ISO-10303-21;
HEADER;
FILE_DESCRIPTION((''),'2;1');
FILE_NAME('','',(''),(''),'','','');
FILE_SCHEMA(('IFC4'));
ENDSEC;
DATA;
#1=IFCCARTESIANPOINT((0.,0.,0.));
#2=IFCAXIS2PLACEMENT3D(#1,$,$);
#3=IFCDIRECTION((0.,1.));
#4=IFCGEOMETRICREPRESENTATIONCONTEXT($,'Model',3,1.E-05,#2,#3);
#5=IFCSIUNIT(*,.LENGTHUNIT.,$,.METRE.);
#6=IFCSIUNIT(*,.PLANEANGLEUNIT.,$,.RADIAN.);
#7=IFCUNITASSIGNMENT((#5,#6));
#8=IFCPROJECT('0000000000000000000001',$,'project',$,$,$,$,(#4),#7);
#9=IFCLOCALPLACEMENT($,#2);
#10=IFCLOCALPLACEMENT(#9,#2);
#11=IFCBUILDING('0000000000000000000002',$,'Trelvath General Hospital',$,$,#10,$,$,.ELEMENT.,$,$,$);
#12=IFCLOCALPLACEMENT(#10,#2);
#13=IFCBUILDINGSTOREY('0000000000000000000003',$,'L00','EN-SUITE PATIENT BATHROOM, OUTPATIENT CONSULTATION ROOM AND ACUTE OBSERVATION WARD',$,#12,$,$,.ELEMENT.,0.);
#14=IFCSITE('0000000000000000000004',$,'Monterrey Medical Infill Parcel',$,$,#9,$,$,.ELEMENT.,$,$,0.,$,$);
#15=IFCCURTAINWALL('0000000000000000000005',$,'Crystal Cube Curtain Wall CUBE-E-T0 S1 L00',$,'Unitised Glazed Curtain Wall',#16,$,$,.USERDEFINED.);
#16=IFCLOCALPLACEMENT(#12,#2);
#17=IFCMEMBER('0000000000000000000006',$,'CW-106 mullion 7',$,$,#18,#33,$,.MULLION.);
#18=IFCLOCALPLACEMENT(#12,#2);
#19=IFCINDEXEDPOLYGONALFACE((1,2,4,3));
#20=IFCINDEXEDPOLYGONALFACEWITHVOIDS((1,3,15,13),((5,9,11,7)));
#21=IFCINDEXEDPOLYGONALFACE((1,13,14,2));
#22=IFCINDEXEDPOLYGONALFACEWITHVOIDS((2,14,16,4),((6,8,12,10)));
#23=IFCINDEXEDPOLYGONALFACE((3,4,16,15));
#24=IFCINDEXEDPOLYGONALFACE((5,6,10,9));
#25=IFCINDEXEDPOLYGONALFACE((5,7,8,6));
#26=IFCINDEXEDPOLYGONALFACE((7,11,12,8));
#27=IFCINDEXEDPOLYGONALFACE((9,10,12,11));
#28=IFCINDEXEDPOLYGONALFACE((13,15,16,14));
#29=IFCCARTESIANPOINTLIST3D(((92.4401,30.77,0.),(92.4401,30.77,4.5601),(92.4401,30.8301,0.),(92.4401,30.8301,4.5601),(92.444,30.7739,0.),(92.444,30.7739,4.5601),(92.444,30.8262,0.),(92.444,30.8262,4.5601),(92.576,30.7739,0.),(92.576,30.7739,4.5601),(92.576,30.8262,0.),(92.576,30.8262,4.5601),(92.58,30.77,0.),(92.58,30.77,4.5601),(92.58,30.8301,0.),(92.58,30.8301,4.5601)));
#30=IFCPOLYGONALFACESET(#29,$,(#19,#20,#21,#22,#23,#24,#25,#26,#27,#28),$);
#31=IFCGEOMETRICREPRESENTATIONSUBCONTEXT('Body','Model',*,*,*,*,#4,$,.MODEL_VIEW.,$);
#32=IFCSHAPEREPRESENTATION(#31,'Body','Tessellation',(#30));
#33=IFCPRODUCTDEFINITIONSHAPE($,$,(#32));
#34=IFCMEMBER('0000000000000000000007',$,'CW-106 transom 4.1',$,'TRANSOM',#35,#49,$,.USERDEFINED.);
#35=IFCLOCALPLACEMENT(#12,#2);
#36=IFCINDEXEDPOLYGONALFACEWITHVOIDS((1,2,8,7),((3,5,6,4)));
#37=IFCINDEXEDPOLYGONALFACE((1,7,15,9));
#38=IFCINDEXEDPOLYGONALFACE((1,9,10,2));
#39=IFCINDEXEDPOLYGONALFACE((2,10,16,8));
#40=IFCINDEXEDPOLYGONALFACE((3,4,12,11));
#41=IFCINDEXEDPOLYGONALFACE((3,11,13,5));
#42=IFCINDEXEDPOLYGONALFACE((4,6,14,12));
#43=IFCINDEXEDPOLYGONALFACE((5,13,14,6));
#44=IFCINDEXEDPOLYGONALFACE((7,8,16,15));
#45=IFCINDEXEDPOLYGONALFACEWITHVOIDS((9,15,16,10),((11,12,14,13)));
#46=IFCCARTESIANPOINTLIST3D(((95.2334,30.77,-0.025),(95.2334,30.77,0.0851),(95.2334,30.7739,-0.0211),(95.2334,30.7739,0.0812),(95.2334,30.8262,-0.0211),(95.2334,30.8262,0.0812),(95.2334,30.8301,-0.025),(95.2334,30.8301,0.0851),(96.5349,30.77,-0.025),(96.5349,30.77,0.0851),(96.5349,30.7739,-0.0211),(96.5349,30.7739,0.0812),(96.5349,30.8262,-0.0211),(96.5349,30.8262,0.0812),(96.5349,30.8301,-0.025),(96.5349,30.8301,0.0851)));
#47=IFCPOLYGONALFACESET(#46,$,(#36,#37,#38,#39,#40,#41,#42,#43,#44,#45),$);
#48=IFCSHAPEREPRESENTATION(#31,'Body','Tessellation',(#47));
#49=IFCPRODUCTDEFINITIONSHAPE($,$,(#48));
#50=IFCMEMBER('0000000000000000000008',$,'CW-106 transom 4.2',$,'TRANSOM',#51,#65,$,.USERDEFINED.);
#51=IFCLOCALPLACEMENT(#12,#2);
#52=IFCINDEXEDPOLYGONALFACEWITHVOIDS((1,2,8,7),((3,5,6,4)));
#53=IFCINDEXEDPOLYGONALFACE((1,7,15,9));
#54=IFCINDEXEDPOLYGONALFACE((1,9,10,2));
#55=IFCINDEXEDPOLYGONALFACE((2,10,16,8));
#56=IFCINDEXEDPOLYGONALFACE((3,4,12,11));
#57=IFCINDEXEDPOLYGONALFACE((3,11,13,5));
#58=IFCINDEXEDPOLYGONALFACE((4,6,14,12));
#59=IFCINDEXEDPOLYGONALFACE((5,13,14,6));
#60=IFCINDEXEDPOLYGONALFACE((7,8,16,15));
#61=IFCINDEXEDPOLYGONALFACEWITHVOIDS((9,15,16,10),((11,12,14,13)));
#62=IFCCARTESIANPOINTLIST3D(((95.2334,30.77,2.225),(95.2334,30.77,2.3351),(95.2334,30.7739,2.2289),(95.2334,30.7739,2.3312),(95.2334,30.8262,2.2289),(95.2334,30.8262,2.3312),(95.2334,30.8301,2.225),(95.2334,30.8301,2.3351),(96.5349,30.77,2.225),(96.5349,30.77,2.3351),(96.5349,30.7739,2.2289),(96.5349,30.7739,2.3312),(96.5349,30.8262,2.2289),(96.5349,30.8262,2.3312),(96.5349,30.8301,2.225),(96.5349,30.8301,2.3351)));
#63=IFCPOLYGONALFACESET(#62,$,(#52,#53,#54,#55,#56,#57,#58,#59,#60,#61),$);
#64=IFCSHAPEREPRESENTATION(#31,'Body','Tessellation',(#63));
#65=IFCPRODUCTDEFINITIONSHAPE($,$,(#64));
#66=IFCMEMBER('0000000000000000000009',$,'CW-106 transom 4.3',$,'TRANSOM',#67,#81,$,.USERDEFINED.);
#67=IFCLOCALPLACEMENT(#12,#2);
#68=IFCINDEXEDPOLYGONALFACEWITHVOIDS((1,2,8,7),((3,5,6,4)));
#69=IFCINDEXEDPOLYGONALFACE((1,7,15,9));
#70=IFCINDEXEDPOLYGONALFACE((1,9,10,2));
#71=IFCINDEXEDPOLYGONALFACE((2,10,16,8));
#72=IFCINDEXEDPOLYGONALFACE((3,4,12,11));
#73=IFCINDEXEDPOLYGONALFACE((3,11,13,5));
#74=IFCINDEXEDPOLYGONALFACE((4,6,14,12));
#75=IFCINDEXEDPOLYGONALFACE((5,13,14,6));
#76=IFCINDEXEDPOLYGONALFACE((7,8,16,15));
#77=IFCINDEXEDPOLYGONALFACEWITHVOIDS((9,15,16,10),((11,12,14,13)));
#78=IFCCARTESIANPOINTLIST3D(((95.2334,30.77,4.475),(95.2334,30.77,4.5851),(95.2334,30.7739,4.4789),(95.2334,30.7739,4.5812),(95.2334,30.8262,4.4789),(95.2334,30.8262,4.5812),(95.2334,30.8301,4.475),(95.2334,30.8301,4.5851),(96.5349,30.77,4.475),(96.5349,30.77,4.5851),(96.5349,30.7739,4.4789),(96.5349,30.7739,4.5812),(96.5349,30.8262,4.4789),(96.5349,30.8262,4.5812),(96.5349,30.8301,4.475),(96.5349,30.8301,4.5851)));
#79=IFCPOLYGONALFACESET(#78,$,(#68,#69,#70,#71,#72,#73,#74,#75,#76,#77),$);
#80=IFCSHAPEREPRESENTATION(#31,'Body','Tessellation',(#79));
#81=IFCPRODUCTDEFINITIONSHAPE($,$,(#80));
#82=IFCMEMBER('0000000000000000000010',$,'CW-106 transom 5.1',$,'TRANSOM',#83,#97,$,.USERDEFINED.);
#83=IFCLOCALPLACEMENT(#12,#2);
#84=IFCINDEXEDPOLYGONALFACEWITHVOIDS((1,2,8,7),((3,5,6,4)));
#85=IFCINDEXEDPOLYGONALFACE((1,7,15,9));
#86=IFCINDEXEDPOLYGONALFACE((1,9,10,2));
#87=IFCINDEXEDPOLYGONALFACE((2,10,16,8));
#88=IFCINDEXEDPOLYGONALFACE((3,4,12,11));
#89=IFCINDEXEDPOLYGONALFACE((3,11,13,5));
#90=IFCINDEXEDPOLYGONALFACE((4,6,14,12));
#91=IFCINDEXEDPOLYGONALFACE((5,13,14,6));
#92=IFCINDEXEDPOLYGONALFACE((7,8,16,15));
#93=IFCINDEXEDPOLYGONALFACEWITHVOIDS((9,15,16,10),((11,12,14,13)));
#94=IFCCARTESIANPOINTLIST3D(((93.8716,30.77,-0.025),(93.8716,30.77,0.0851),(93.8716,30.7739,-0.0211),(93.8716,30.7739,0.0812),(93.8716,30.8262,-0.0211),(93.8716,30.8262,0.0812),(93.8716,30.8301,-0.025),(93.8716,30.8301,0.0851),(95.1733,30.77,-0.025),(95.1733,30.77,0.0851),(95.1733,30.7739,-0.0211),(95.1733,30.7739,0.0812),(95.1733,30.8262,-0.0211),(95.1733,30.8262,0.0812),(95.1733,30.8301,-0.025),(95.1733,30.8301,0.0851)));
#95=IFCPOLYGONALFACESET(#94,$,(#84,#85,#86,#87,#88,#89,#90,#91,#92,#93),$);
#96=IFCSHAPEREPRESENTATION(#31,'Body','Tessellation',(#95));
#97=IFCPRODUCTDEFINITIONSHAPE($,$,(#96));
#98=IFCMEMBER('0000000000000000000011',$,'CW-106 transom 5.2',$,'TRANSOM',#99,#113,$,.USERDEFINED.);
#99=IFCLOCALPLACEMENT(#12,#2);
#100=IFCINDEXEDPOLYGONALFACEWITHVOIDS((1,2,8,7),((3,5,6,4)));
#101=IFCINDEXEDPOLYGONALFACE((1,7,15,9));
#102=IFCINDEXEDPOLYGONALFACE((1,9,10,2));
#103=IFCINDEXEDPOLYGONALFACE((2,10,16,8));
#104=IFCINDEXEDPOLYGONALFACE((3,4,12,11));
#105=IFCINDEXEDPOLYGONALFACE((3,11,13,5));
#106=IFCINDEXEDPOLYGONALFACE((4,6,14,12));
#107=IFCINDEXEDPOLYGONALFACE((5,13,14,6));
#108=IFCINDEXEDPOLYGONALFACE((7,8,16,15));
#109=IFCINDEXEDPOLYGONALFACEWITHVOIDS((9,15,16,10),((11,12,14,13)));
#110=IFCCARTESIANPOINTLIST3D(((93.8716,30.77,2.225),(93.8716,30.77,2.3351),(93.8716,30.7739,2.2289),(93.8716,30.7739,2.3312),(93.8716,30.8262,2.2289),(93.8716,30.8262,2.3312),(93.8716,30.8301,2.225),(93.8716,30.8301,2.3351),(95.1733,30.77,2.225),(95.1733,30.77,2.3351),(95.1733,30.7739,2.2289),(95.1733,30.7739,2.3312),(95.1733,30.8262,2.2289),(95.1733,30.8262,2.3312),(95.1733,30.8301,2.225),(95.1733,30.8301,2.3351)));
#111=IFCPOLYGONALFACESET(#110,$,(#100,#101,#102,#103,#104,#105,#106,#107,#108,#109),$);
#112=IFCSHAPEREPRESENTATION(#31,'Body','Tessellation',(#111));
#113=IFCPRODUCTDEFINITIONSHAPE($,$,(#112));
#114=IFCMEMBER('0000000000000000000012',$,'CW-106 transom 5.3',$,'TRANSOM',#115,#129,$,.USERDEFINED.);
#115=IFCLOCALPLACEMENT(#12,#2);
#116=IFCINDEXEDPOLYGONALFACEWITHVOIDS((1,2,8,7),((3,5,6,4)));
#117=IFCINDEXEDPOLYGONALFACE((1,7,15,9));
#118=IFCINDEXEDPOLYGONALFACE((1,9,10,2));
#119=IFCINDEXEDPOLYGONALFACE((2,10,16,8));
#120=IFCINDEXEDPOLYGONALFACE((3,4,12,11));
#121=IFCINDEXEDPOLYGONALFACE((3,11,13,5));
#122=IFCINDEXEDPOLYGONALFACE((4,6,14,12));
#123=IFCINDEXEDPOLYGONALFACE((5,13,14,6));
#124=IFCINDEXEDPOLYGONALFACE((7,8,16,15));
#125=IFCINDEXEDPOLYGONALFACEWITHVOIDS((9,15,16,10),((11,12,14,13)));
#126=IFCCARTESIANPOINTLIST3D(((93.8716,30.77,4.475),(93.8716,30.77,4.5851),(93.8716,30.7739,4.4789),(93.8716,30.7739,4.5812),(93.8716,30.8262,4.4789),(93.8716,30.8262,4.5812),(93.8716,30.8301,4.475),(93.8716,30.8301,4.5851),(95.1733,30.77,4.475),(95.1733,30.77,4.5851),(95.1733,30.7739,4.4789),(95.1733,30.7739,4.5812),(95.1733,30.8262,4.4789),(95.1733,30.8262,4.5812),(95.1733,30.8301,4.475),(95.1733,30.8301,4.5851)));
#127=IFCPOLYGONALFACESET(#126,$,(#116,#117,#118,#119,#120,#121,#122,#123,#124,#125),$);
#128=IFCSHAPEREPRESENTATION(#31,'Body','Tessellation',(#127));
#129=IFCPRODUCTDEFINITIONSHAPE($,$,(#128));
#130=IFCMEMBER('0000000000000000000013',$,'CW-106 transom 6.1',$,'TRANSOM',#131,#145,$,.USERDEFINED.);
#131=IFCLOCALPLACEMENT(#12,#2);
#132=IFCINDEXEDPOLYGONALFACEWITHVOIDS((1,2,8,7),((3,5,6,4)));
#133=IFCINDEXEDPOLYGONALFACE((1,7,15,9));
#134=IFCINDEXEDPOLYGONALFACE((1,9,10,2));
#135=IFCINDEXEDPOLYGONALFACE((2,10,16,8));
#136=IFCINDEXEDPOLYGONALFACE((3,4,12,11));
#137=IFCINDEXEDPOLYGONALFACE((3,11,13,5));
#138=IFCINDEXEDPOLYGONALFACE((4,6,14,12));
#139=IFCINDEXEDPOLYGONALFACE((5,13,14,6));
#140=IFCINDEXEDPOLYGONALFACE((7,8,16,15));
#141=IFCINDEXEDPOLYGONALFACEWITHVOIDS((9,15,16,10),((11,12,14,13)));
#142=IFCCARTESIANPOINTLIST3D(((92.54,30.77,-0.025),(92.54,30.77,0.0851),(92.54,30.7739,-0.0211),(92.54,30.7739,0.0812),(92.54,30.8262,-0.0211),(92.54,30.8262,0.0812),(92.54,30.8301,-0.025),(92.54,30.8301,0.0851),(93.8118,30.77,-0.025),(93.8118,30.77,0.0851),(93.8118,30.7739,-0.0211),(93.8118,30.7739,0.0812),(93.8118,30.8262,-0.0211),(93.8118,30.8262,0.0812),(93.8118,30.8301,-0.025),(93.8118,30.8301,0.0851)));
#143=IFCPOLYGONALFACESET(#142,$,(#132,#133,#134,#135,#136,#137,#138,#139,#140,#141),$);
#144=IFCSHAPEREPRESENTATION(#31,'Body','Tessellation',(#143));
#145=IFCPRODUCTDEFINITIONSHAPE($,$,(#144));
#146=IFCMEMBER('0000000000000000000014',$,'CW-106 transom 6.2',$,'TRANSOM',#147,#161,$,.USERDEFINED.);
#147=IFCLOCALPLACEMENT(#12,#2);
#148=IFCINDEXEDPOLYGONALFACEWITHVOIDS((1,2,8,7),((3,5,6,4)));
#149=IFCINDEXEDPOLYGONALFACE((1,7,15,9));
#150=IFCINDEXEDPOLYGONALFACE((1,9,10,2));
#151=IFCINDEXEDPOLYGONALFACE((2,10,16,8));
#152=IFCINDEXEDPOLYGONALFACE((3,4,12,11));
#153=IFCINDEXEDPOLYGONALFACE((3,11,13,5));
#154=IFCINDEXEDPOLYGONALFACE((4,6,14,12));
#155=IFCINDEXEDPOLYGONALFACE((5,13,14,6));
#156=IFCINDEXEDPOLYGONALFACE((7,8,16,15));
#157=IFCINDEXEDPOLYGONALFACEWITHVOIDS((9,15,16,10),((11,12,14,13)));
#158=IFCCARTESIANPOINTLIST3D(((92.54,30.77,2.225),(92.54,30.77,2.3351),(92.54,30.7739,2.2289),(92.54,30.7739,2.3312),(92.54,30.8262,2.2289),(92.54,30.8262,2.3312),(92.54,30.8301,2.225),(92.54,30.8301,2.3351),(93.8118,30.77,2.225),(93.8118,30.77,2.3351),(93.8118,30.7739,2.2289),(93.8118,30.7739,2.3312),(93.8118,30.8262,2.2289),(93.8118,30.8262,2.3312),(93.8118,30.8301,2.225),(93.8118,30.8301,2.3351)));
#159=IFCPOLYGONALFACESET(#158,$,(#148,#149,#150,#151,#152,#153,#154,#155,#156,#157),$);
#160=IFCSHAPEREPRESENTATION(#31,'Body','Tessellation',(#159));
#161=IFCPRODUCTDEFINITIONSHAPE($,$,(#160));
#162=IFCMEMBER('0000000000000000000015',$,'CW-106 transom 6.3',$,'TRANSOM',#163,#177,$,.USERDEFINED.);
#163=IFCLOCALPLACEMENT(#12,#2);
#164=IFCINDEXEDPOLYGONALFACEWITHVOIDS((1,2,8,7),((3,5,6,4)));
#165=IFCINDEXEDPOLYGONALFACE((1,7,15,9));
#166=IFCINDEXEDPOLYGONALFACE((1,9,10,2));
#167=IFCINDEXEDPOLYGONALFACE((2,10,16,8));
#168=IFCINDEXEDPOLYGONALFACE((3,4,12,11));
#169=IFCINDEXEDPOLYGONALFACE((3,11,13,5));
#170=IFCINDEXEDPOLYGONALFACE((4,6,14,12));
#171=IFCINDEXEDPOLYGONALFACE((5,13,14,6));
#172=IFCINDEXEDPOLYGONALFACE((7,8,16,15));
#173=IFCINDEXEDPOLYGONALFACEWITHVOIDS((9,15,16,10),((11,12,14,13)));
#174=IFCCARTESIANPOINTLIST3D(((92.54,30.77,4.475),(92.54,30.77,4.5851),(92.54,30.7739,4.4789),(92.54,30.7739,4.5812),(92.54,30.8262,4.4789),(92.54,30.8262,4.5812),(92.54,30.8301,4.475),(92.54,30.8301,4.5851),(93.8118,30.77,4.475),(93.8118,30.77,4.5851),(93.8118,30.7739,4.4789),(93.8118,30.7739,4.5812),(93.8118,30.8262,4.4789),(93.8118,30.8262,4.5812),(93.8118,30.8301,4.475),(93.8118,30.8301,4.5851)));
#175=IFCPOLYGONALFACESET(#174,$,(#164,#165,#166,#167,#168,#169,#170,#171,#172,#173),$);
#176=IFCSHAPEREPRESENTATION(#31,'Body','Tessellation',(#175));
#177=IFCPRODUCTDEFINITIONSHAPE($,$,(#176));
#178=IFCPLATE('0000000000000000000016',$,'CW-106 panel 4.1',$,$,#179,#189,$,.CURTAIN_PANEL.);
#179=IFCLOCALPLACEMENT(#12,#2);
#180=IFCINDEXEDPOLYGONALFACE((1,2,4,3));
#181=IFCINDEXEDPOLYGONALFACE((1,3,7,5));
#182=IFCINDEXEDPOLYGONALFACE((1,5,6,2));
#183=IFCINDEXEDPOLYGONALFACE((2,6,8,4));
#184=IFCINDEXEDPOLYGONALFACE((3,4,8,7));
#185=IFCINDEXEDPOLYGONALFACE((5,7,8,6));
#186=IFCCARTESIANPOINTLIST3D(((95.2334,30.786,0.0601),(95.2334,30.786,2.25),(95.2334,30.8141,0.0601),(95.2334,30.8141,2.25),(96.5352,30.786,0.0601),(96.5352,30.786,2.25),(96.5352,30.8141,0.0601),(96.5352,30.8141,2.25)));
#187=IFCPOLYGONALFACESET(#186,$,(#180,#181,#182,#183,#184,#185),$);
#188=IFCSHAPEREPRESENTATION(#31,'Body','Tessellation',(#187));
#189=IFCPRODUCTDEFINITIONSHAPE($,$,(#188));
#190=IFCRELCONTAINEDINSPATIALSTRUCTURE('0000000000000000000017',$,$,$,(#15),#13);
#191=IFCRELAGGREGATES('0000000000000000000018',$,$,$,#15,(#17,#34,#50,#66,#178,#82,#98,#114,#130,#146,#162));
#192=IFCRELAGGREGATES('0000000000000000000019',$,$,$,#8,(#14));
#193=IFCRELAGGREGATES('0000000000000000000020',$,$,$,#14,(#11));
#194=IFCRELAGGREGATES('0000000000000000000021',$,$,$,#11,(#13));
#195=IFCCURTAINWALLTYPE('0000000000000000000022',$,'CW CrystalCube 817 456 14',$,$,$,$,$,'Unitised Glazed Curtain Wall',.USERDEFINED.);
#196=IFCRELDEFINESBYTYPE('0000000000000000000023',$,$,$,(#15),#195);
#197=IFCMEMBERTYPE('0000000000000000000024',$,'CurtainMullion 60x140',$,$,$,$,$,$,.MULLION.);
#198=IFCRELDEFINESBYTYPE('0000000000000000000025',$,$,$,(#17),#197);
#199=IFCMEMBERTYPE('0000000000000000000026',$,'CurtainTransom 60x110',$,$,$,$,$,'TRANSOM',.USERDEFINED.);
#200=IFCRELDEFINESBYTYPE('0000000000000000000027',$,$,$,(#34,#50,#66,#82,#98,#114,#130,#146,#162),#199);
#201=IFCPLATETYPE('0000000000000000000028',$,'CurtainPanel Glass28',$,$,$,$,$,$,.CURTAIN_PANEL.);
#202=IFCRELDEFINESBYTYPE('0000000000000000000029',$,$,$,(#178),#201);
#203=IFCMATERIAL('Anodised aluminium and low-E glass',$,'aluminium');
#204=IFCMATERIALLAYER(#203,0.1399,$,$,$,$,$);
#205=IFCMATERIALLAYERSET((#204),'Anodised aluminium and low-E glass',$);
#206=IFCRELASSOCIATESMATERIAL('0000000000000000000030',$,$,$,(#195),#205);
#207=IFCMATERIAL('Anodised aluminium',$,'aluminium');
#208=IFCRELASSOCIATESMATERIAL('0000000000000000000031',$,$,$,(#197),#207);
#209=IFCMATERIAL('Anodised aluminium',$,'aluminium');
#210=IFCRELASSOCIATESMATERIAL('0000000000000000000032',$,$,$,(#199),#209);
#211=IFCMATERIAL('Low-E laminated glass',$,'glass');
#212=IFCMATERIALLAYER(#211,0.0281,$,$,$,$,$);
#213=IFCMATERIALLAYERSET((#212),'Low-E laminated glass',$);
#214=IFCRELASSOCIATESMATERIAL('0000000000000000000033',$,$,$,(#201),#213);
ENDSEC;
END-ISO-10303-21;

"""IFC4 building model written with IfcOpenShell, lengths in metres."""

from ifc_helpers import new_model, si_unit, direction, frame, origin, origin_2d, place, context, subcontext, project, spatial, rectangle, hollow_rectangle, extrude, material, layer, layer_set, material_profile, profile_set, type_object, element, aggregate, save


model = new_model("IFC4")

# Units and contexts
model_context = context("Model", 3, precision=1e-05, world=origin(), true_north=direction((0.0, 1.0)))
body_context = subcontext(model_context, "Body", "Model", "MODEL_VIEW")
ifc_project = project(units=[si_unit("LENGTHUNIT", "METRE"), si_unit("PLANEANGLEUNIT", "RADIAN")], contexts=[model_context])

# Site, building, storey
site_placement = place(None, origin())
site = spatial("IfcSite", under=ifc_project, at=site_placement, Name="Monterrey Medical Infill Parcel", CompositionType="ELEMENT", RefElevation=0.0)
building_placement = place(site_placement, origin())
building = spatial("IfcBuilding", under=site, at=building_placement, Name="Trelvath General Hospital", CompositionType="ELEMENT")
storey_placement = place(building_placement, origin())
storey = spatial("IfcBuildingStorey", under=building, at=storey_placement, Name="L00", Description="EN-SUITE PATIENT BATHROOM, OUTPATIENT CONSULTATION ROOM AND ACUTE OBSERVATION WARD", CompositionType="ELEMENT", Elevation=0.0)

# Curtain wall, members, plate
ifc_material_1 = material(Name="Anodised aluminium and low-E glass", Category="aluminium")
ifc_layer_1 = layer(ifc_material_1, 0.1399)
ifc_layer_set_1 = layer_set([ifc_layer_1], Name="Anodised aluminium and low-E glass")
curtain_wall_type = type_object("IfcCurtainWallType", Name="CW CrystalCube 817 456 14", ElementType="Unitised Glazed Curtain Wall", PredefinedType="USERDEFINED", material=ifc_layer_set_1)
curtain_wall_placement = place(storey_placement, origin())
curtain_wall = element("IfcCurtainWall", 1, at=curtain_wall_placement, inside=storey, type_object=curtain_wall_type, Name="Crystal Cube Curtain Wall CUBE-E-T0 S1 L00", ObjectType="Unitised Glazed Curtain Wall", PredefinedType="USERDEFINED")
ifc_material_2 = material(Name="Anodised aluminium", Category="aluminium")
ifc_material_profile_1 = material_profile(ifc_material_2, hollow_rectangle(XDim=0.0601, YDim=0.1399, WallThickness=0.0039, at=origin_2d()), Name="RHS60x140x4")
ifc_profile_set_1 = profile_set([ifc_material_profile_1], Name="Anodised aluminium")
member_type_1 = type_object("IfcMemberType", Name="CurtainMullion 60x140", PredefinedType="MULLION", material=ifc_profile_set_1)
member_1_placement = place(storey_placement, frame((92.51, 30.8, 0.0), z_axis=(0.0, 0.0, 1.0), x_axis=(0.0, -1.0, 0.0)))
member_1 = element("IfcMember", 2, at=member_1_placement, type_object=member_type_1, Name="CW-106 mullion 7", PredefinedType="MULLION", context=body_context, shape_type="SweptSolid", body=[
    extrude(hollow_rectangle(XDim=0.0601, YDim=0.1399, WallThickness=0.0039, at=origin_2d()), origin(), (0.0, 0.0, 1.0), 4.5601),
])
ifc_material_3 = material(Name="Anodised aluminium", Category="aluminium")
ifc_material_profile_2 = material_profile(ifc_material_3, hollow_rectangle(XDim=0.0601, YDim=0.1101, WallThickness=0.0039, at=origin_2d()), Name="RHS60x110x4")
ifc_profile_set_2 = profile_set([ifc_material_profile_2], Name="Anodised aluminium")
member_type_2 = type_object("IfcMemberType", Name="CurtainTransom 60x110", ElementType="TRANSOM", PredefinedType="USERDEFINED", material=ifc_profile_set_2)
member_2_placement = place(storey_placement, frame((96.5349, 30.8, 0.03), z_axis=(-1.0, 0.0, 0.0), x_axis=(0.0, -1.0, 0.0)))
member_2 = element("IfcMember", 3, at=member_2_placement, type_object=member_type_2, Name="CW-106 transom 4.1", ObjectType="TRANSOM", PredefinedType="USERDEFINED", context=body_context, shape_type="SweptSolid", body=[
    extrude(hollow_rectangle(XDim=0.0601, YDim=0.1101, WallThickness=0.0039, at=origin_2d()), origin(), (0.0, 0.0, 1.0), 1.3015),
])
member_3_placement = place(storey_placement, frame((96.5349, 30.8, 2.28), z_axis=(-1.0, 0.0, 0.0), x_axis=(0.0, -1.0, 0.0)))
member_3 = element("IfcMember", 4, at=member_3_placement, type_object=member_type_2, Name="CW-106 transom 4.2", ObjectType="TRANSOM", PredefinedType="USERDEFINED", context=body_context, shape_type="SweptSolid", body=[
    extrude(hollow_rectangle(XDim=0.0601, YDim=0.1101, WallThickness=0.0039, at=origin_2d()), origin(), (0.0, 0.0, 1.0), 1.3015),
])
member_4_placement = place(storey_placement, frame((96.5349, 30.8, 4.53), z_axis=(-1.0, 0.0, 0.0), x_axis=(0.0, -1.0, 0.0)))
member_4 = element("IfcMember", 5, at=member_4_placement, type_object=member_type_2, Name="CW-106 transom 4.3", ObjectType="TRANSOM", PredefinedType="USERDEFINED", context=body_context, shape_type="SweptSolid", body=[
    extrude(hollow_rectangle(XDim=0.0601, YDim=0.1101, WallThickness=0.0039, at=origin_2d()), origin(), (0.0, 0.0, 1.0), 1.3015),
])
member_5_placement = place(storey_placement, frame((95.1733, 30.8, 0.03), z_axis=(-1.0, 0.0, 0.0), x_axis=(0.0, -1.0, 0.0)))
member_5 = element("IfcMember", 6, at=member_5_placement, type_object=member_type_2, Name="CW-106 transom 5.1", ObjectType="TRANSOM", PredefinedType="USERDEFINED", context=body_context, shape_type="SweptSolid", body=[
    extrude(hollow_rectangle(XDim=0.0601, YDim=0.1101, WallThickness=0.0039, at=origin_2d()), origin(), (0.0, 0.0, 1.0), 1.3018),
])
member_6_placement = place(storey_placement, frame((95.1733, 30.8, 2.28), z_axis=(-1.0, 0.0, 0.0), x_axis=(0.0, -1.0, 0.0)))
member_6 = element("IfcMember", 7, at=member_6_placement, type_object=member_type_2, Name="CW-106 transom 5.2", ObjectType="TRANSOM", PredefinedType="USERDEFINED", context=body_context, shape_type="SweptSolid", body=[
    extrude(hollow_rectangle(XDim=0.0601, YDim=0.1101, WallThickness=0.0039, at=origin_2d()), origin(), (0.0, 0.0, 1.0), 1.3018),
])
member_7_placement = place(storey_placement, frame((95.1733, 30.8, 4.53), z_axis=(-1.0, 0.0, 0.0), x_axis=(0.0, -1.0, 0.0)))
member_7 = element("IfcMember", 8, at=member_7_placement, type_object=member_type_2, Name="CW-106 transom 5.3", ObjectType="TRANSOM", PredefinedType="USERDEFINED", context=body_context, shape_type="SweptSolid", body=[
    extrude(hollow_rectangle(XDim=0.0601, YDim=0.1101, WallThickness=0.0039, at=origin_2d()), origin(), (0.0, 0.0, 1.0), 1.3018),
])
member_8_placement = place(storey_placement, frame((93.8118, 30.8, 0.03), z_axis=(-1.0, 0.0, 0.0), x_axis=(0.0, -1.0, 0.0)))
member_8 = element("IfcMember", 9, at=member_8_placement, type_object=member_type_2, Name="CW-106 transom 6.1", ObjectType="TRANSOM", PredefinedType="USERDEFINED", context=body_context, shape_type="SweptSolid", body=[
    extrude(hollow_rectangle(XDim=0.0601, YDim=0.1101, WallThickness=0.0039, at=origin_2d()), origin(), (0.0, 0.0, 1.0), 1.2717),
])
member_9_placement = place(storey_placement, frame((93.8118, 30.8, 2.28), z_axis=(-1.0, 0.0, 0.0), x_axis=(0.0, -1.0, 0.0)))
member_9 = element("IfcMember", 10, at=member_9_placement, type_object=member_type_2, Name="CW-106 transom 6.2", ObjectType="TRANSOM", PredefinedType="USERDEFINED", context=body_context, shape_type="SweptSolid", body=[
    extrude(hollow_rectangle(XDim=0.0601, YDim=0.1101, WallThickness=0.0039, at=origin_2d()), origin(), (0.0, 0.0, 1.0), 1.2717),
])
member_10_placement = place(storey_placement, frame((93.8118, 30.8, 4.53), z_axis=(-1.0, 0.0, 0.0), x_axis=(0.0, -1.0, 0.0)))
member_10 = element("IfcMember", 11, at=member_10_placement, type_object=member_type_2, Name="CW-106 transom 6.3", ObjectType="TRANSOM", PredefinedType="USERDEFINED", context=body_context, shape_type="SweptSolid", body=[
    extrude(hollow_rectangle(XDim=0.0601, YDim=0.1101, WallThickness=0.0039, at=origin_2d()), origin(), (0.0, 0.0, 1.0), 1.2717),
])
ifc_material_4 = material(Name="Low-E laminated glass", Category="glass")
ifc_layer_2 = layer(ifc_material_4, 0.0281)
ifc_layer_set_2 = layer_set([ifc_layer_2], Name="Low-E laminated glass")
plate_type = type_object("IfcPlateType", Name="CurtainPanel Glass28", PredefinedType="CURTAIN_PANEL", material=ifc_layer_set_2)
plate_1_placement = place(storey_placement, frame((95.8843, 30.8, 0.0601), z_axis=(0.0, 0.0, 1.0), x_axis=(-1.0, 0.0, 0.0)))
plate_1 = element("IfcPlate", 12, at=plate_1_placement, type_object=plate_type, Name="CW-106 panel 4.1", PredefinedType="CURTAIN_PANEL", context=body_context, shape_type="SweptSolid", body=[
    extrude(rectangle(XDim=1.3018, YDim=0.0281, at=origin_2d()), origin(), (0.0, 0.0, 1.0), 2.1899),
])
aggregate(curtain_wall, [member_1, member_2, member_3, member_4, plate_1, member_5, member_6, member_7, member_8, member_9, member_10])

save(model, "model.ifc")
